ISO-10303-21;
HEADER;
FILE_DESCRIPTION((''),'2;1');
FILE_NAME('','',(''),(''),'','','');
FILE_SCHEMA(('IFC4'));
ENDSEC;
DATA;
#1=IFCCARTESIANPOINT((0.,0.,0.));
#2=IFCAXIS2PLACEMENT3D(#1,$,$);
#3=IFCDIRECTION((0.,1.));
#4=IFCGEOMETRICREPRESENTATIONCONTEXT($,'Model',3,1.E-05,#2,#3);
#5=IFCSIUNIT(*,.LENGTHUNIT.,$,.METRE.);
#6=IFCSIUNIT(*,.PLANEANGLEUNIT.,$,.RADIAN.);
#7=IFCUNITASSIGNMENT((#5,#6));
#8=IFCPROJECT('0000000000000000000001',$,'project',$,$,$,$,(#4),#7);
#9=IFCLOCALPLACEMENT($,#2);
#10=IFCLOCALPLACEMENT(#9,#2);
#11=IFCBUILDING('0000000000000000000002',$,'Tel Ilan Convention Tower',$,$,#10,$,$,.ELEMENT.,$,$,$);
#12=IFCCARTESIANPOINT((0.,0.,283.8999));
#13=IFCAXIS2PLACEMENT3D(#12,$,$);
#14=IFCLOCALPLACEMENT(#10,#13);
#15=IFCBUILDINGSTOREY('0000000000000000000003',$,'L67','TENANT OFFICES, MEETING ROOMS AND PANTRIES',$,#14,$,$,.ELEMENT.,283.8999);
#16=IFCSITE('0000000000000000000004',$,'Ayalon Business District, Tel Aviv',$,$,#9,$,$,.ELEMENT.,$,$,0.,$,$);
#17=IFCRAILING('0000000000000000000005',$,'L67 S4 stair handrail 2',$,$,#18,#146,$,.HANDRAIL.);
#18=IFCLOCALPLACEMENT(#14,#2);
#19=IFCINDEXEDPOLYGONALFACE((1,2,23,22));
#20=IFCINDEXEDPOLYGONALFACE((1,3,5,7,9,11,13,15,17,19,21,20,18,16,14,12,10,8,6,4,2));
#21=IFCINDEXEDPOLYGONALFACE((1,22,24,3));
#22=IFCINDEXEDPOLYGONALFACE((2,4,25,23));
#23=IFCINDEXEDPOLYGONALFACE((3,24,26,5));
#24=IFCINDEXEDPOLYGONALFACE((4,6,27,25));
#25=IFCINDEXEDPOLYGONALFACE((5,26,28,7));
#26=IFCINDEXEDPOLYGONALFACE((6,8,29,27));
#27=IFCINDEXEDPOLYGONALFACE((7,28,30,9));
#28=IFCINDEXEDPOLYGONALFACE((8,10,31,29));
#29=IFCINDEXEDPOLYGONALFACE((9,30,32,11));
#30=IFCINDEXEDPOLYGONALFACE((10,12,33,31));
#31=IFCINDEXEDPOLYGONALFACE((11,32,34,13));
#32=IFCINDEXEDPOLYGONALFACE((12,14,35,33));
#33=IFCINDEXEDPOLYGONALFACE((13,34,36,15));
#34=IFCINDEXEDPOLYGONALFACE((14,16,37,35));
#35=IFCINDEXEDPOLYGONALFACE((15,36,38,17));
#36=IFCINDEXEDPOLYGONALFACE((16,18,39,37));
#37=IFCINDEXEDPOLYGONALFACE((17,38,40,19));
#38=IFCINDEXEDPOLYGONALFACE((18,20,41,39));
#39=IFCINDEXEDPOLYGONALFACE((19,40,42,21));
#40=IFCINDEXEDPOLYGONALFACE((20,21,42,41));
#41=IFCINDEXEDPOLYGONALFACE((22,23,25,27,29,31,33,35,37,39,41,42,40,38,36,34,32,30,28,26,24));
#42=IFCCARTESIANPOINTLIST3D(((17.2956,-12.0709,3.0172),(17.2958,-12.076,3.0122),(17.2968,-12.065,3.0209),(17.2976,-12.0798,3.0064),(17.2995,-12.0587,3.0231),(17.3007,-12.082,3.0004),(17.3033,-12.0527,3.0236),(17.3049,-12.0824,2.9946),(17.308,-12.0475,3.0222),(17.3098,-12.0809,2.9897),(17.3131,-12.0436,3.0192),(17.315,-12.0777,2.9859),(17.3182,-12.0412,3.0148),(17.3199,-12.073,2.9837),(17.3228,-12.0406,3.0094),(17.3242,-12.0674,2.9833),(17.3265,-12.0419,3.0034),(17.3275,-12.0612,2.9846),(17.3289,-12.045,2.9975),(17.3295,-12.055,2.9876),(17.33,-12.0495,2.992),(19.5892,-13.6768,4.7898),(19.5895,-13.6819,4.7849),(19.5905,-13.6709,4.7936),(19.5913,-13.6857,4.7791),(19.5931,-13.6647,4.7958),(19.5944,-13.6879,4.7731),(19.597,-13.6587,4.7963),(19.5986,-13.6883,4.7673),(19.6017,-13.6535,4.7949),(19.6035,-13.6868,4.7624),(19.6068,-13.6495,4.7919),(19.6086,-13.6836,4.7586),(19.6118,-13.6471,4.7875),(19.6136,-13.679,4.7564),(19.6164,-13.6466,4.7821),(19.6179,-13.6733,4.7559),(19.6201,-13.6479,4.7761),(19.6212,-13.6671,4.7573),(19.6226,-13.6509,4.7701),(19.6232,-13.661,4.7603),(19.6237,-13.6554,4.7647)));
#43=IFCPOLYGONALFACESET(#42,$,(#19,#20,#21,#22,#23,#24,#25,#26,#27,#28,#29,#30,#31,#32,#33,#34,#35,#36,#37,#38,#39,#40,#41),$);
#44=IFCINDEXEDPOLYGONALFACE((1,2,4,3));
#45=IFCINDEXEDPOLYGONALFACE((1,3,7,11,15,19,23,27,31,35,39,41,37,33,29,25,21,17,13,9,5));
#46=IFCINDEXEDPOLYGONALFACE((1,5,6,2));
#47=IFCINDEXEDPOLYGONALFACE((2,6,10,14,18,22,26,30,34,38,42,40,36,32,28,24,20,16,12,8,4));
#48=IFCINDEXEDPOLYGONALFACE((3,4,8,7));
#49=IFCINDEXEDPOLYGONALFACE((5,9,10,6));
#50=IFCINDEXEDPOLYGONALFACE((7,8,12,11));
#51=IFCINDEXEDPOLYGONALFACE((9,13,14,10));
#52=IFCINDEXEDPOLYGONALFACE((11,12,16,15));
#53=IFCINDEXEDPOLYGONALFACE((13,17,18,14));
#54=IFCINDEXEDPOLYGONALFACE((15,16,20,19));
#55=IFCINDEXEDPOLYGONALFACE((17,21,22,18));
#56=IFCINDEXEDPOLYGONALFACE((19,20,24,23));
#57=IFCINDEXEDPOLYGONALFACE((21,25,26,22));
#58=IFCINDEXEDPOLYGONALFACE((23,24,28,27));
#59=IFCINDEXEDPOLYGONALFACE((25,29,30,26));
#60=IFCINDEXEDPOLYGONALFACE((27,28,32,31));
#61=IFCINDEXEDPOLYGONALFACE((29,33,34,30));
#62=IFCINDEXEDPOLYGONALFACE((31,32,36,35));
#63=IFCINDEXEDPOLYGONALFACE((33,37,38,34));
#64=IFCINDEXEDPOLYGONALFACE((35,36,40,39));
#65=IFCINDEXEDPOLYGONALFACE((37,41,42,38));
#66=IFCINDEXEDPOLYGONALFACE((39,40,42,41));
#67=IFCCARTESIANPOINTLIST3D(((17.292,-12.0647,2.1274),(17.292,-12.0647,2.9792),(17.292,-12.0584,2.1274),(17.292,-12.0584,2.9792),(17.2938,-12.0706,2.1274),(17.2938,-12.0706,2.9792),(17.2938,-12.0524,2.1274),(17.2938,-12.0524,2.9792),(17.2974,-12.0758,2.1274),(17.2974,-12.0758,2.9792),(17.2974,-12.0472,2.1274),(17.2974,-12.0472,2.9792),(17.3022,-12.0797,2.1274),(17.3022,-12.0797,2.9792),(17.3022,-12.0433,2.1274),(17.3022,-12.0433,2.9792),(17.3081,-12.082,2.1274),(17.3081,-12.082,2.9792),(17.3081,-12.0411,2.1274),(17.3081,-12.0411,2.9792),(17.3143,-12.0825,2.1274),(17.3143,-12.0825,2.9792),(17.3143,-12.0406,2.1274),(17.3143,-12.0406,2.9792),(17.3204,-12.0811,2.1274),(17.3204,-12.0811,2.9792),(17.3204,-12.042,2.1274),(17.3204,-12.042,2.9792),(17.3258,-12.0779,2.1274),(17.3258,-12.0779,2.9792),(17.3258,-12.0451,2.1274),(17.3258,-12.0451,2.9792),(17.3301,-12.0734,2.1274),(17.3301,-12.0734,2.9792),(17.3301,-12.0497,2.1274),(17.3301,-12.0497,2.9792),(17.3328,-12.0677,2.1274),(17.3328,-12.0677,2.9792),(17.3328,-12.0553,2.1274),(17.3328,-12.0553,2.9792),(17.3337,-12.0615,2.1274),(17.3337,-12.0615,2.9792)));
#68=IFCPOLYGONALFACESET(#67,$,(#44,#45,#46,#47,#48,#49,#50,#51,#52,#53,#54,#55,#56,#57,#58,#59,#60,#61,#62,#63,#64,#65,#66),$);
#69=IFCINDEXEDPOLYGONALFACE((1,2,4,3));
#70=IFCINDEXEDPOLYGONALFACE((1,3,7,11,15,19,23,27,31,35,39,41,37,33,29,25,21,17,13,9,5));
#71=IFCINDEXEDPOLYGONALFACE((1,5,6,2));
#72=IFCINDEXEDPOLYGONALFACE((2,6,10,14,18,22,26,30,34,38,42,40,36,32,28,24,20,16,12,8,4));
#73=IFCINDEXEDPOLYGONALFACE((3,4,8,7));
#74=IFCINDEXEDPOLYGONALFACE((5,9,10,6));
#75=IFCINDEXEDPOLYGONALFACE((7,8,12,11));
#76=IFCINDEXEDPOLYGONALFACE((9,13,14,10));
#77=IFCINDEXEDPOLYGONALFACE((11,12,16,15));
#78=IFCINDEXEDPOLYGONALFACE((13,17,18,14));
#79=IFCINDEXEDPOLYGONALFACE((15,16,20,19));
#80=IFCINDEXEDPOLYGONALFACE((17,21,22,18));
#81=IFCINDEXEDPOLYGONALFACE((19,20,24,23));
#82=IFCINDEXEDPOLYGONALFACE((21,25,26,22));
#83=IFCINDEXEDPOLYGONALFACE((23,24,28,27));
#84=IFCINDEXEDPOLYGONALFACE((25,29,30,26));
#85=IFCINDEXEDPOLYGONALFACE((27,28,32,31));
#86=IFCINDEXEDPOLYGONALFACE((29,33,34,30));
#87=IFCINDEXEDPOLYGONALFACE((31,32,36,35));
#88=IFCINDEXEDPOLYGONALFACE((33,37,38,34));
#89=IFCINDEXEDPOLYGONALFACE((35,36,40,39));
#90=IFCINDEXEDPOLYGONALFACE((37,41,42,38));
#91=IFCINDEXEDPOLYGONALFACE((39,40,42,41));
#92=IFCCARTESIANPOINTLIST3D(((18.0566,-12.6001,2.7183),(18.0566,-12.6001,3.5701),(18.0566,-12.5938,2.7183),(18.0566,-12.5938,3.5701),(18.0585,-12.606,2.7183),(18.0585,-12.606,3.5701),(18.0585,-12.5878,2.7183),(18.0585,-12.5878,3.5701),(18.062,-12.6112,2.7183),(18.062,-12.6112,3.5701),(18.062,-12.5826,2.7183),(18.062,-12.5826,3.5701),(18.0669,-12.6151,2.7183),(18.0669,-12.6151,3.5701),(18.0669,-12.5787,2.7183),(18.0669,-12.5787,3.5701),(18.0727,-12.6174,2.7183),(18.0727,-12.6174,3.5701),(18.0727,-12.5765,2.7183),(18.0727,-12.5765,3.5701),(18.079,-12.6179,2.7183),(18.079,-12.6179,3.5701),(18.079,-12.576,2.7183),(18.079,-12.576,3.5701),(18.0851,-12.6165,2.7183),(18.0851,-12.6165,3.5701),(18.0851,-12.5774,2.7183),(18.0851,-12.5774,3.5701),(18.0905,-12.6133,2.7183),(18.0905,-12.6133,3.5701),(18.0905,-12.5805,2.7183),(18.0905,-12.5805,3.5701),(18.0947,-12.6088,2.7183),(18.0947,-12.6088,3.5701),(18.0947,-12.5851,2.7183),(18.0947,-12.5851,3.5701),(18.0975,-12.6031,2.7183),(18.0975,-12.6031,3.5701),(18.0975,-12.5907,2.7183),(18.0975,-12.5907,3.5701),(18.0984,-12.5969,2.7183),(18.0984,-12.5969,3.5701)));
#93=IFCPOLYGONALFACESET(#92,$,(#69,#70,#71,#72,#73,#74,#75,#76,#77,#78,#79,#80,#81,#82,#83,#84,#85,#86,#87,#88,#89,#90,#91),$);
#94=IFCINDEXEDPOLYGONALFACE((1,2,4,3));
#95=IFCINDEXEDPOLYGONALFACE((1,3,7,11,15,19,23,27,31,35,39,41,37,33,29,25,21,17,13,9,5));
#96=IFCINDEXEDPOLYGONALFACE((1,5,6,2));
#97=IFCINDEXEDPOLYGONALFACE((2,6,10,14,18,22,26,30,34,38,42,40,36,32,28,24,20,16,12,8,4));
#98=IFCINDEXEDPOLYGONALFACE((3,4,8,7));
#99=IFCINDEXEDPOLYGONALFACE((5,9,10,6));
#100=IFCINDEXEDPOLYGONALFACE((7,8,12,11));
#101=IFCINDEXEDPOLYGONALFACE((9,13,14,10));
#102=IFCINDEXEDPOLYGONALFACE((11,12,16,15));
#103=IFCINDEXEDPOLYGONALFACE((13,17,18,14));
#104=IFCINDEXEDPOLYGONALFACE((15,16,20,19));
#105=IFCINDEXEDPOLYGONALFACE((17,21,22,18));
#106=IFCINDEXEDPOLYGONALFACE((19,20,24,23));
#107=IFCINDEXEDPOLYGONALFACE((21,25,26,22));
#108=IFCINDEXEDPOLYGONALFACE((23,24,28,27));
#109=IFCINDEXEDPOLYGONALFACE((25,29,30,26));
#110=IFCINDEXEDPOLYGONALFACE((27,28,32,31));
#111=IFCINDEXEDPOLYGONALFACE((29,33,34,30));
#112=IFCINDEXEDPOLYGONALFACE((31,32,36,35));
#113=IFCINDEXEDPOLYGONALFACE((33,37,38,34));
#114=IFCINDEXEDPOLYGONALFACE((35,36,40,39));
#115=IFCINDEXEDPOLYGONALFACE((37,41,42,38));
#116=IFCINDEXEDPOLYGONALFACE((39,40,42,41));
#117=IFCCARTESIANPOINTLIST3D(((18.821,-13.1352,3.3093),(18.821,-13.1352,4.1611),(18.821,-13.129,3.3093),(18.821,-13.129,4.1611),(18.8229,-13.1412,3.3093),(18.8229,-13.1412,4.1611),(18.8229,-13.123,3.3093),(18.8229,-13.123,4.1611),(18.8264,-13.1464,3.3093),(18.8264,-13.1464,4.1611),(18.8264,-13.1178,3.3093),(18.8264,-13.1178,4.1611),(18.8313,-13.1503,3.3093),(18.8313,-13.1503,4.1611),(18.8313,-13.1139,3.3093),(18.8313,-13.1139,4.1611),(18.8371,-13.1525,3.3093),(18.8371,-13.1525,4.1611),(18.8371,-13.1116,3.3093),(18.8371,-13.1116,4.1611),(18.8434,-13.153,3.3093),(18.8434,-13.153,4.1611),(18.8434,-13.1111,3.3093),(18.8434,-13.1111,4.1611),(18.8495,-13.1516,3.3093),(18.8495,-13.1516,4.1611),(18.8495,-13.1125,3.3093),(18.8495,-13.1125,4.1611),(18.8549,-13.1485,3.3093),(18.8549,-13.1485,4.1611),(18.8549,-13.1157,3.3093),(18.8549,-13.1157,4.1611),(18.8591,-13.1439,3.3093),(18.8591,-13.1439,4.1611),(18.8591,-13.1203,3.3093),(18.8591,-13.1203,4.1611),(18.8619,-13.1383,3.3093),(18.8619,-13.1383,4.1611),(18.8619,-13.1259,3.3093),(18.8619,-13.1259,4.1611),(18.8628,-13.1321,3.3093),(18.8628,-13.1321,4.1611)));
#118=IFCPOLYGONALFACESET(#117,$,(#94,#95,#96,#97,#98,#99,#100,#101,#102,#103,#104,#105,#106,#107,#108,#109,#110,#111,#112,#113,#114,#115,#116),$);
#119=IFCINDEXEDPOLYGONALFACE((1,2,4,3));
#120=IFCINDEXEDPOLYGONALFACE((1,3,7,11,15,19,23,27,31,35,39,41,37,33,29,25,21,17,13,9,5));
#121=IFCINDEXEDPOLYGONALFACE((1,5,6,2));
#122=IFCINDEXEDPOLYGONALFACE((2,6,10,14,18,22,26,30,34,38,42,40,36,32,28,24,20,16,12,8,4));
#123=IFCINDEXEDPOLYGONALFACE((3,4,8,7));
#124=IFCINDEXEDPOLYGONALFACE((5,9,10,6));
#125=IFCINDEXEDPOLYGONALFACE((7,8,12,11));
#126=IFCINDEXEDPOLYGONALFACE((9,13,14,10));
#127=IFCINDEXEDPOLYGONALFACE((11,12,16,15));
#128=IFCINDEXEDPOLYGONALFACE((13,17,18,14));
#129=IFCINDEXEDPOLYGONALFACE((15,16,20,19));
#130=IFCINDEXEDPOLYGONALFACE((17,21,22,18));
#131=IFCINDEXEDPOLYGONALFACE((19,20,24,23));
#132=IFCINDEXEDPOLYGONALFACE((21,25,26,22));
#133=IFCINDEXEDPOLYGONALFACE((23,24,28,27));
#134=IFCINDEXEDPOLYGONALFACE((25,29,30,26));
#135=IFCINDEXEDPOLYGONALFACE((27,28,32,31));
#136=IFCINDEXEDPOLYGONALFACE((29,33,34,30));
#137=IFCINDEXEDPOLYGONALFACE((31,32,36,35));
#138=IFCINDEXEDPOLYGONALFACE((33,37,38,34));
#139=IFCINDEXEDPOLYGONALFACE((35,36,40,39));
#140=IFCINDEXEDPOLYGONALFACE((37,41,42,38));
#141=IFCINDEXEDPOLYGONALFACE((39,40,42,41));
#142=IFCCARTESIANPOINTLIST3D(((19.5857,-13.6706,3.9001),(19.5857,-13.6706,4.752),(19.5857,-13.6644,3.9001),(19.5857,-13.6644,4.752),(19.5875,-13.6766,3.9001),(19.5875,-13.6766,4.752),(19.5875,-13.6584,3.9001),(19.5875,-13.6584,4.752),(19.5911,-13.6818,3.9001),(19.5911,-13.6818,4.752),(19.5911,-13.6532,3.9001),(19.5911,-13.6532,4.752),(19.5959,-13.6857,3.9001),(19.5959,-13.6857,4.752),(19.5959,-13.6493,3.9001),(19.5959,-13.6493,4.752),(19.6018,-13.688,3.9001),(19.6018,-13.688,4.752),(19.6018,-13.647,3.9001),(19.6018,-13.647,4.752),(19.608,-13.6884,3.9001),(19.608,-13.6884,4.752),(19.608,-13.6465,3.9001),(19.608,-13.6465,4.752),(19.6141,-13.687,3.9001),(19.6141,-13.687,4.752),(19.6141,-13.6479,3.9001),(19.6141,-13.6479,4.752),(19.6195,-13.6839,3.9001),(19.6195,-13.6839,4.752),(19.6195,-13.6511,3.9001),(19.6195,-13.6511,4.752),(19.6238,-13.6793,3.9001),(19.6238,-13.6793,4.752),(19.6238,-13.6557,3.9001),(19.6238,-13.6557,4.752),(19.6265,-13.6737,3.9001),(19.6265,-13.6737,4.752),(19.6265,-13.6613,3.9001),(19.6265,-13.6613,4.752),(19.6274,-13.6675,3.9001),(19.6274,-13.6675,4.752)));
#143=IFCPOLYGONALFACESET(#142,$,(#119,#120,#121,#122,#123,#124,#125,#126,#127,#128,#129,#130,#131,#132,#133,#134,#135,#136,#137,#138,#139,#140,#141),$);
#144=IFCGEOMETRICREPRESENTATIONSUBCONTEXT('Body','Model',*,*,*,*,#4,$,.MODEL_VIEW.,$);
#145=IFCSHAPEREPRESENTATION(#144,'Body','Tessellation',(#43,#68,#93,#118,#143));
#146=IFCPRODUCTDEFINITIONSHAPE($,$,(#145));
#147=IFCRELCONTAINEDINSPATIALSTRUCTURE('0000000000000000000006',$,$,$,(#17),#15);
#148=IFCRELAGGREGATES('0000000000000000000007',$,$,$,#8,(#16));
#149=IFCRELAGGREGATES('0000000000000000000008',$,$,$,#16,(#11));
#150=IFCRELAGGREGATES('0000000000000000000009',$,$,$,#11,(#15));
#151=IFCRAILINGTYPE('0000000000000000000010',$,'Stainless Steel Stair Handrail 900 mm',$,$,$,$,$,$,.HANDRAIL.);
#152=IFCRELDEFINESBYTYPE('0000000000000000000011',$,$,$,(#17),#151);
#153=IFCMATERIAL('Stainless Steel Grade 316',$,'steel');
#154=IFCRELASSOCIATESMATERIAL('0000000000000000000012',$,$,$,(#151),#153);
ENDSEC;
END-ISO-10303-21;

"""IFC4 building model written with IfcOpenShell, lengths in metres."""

from ifc_helpers import new_model, si_unit, direction, frame, origin, origin_2d, place, context, subcontext, project, spatial, circle, extrude, material, type_object, element, save


model = new_model("IFC4")

# Units and contexts
model_context = context("Model", 3, precision=1e-05, world=origin(), true_north=direction((0.0, 1.0)))
body_context = subcontext(model_context, "Body", "Model", "MODEL_VIEW")
ifc_project = project(units=[si_unit("LENGTHUNIT", "METRE"), si_unit("PLANEANGLEUNIT", "RADIAN")], contexts=[model_context])

# Site, building, storey
site_placement = place(None, origin())
site = spatial("IfcSite", under=ifc_project, at=site_placement, Name="Ayalon Business District, Tel Aviv", CompositionType="ELEMENT", RefElevation=0.0)
building_placement = place(site_placement, origin())
building = spatial("IfcBuilding", under=site, at=building_placement, Name="Tel Ilan Convention Tower", CompositionType="ELEMENT")
storey_placement = place(building_placement, frame((0.0, 0.0, 283.8999)))
storey = spatial("IfcBuildingStorey", under=building, at=storey_placement, Name="L67", Description="TENANT OFFICES, MEETING ROOMS AND PANTRIES", CompositionType="ELEMENT", Elevation=283.8999)

# Railing
ifc_material_1 = material(Name="Stainless Steel Grade 316", Category="steel")
railing_type = type_object("IfcRailingType", Name="Stainless Steel Stair Handrail 900 mm", PredefinedType="HANDRAIL", material=ifc_material_1)
railing_placement = place(storey_placement, frame((17.3127, -12.0615, 2.1274)))
element("IfcRailing", 1, at=railing_placement, inside=storey, type_object=railing_type, Name="L67 S4 stair handrail 2", PredefinedType="HANDRAIL", context=body_context, shape_type="SweptSolid", body=[
    extrude(circle(Radius=0.0239, at=origin_2d()), frame((0.0, 0.0, 0.876), z_axis=(0.692123, -0.484597, 0.534913), x_axis=(0.57355, 0.81917, 0.0)), (0.0, 0.0, 1.0), 3.314),
    extrude(circle(Radius=0.021, at=origin_2d()), origin(), (0.0, 0.0, 1.0), 0.8518),
    extrude(circle(Radius=0.021, at=origin_2d()), frame((0.7646, -0.5354, 0.5908)), (0.0, 0.0, 1.0), 0.8518),
    extrude(circle(Radius=0.021, at=origin_2d()), frame((1.5291, -1.0706, 1.1819)), (0.0, 0.0, 1.0), 0.8518),
    extrude(circle(Radius=0.021, at=origin_2d()), frame((2.2937, -1.606, 1.7727)), (0.0, 0.0, 1.0), 0.8518),
])

save(model, "model.ifc")
